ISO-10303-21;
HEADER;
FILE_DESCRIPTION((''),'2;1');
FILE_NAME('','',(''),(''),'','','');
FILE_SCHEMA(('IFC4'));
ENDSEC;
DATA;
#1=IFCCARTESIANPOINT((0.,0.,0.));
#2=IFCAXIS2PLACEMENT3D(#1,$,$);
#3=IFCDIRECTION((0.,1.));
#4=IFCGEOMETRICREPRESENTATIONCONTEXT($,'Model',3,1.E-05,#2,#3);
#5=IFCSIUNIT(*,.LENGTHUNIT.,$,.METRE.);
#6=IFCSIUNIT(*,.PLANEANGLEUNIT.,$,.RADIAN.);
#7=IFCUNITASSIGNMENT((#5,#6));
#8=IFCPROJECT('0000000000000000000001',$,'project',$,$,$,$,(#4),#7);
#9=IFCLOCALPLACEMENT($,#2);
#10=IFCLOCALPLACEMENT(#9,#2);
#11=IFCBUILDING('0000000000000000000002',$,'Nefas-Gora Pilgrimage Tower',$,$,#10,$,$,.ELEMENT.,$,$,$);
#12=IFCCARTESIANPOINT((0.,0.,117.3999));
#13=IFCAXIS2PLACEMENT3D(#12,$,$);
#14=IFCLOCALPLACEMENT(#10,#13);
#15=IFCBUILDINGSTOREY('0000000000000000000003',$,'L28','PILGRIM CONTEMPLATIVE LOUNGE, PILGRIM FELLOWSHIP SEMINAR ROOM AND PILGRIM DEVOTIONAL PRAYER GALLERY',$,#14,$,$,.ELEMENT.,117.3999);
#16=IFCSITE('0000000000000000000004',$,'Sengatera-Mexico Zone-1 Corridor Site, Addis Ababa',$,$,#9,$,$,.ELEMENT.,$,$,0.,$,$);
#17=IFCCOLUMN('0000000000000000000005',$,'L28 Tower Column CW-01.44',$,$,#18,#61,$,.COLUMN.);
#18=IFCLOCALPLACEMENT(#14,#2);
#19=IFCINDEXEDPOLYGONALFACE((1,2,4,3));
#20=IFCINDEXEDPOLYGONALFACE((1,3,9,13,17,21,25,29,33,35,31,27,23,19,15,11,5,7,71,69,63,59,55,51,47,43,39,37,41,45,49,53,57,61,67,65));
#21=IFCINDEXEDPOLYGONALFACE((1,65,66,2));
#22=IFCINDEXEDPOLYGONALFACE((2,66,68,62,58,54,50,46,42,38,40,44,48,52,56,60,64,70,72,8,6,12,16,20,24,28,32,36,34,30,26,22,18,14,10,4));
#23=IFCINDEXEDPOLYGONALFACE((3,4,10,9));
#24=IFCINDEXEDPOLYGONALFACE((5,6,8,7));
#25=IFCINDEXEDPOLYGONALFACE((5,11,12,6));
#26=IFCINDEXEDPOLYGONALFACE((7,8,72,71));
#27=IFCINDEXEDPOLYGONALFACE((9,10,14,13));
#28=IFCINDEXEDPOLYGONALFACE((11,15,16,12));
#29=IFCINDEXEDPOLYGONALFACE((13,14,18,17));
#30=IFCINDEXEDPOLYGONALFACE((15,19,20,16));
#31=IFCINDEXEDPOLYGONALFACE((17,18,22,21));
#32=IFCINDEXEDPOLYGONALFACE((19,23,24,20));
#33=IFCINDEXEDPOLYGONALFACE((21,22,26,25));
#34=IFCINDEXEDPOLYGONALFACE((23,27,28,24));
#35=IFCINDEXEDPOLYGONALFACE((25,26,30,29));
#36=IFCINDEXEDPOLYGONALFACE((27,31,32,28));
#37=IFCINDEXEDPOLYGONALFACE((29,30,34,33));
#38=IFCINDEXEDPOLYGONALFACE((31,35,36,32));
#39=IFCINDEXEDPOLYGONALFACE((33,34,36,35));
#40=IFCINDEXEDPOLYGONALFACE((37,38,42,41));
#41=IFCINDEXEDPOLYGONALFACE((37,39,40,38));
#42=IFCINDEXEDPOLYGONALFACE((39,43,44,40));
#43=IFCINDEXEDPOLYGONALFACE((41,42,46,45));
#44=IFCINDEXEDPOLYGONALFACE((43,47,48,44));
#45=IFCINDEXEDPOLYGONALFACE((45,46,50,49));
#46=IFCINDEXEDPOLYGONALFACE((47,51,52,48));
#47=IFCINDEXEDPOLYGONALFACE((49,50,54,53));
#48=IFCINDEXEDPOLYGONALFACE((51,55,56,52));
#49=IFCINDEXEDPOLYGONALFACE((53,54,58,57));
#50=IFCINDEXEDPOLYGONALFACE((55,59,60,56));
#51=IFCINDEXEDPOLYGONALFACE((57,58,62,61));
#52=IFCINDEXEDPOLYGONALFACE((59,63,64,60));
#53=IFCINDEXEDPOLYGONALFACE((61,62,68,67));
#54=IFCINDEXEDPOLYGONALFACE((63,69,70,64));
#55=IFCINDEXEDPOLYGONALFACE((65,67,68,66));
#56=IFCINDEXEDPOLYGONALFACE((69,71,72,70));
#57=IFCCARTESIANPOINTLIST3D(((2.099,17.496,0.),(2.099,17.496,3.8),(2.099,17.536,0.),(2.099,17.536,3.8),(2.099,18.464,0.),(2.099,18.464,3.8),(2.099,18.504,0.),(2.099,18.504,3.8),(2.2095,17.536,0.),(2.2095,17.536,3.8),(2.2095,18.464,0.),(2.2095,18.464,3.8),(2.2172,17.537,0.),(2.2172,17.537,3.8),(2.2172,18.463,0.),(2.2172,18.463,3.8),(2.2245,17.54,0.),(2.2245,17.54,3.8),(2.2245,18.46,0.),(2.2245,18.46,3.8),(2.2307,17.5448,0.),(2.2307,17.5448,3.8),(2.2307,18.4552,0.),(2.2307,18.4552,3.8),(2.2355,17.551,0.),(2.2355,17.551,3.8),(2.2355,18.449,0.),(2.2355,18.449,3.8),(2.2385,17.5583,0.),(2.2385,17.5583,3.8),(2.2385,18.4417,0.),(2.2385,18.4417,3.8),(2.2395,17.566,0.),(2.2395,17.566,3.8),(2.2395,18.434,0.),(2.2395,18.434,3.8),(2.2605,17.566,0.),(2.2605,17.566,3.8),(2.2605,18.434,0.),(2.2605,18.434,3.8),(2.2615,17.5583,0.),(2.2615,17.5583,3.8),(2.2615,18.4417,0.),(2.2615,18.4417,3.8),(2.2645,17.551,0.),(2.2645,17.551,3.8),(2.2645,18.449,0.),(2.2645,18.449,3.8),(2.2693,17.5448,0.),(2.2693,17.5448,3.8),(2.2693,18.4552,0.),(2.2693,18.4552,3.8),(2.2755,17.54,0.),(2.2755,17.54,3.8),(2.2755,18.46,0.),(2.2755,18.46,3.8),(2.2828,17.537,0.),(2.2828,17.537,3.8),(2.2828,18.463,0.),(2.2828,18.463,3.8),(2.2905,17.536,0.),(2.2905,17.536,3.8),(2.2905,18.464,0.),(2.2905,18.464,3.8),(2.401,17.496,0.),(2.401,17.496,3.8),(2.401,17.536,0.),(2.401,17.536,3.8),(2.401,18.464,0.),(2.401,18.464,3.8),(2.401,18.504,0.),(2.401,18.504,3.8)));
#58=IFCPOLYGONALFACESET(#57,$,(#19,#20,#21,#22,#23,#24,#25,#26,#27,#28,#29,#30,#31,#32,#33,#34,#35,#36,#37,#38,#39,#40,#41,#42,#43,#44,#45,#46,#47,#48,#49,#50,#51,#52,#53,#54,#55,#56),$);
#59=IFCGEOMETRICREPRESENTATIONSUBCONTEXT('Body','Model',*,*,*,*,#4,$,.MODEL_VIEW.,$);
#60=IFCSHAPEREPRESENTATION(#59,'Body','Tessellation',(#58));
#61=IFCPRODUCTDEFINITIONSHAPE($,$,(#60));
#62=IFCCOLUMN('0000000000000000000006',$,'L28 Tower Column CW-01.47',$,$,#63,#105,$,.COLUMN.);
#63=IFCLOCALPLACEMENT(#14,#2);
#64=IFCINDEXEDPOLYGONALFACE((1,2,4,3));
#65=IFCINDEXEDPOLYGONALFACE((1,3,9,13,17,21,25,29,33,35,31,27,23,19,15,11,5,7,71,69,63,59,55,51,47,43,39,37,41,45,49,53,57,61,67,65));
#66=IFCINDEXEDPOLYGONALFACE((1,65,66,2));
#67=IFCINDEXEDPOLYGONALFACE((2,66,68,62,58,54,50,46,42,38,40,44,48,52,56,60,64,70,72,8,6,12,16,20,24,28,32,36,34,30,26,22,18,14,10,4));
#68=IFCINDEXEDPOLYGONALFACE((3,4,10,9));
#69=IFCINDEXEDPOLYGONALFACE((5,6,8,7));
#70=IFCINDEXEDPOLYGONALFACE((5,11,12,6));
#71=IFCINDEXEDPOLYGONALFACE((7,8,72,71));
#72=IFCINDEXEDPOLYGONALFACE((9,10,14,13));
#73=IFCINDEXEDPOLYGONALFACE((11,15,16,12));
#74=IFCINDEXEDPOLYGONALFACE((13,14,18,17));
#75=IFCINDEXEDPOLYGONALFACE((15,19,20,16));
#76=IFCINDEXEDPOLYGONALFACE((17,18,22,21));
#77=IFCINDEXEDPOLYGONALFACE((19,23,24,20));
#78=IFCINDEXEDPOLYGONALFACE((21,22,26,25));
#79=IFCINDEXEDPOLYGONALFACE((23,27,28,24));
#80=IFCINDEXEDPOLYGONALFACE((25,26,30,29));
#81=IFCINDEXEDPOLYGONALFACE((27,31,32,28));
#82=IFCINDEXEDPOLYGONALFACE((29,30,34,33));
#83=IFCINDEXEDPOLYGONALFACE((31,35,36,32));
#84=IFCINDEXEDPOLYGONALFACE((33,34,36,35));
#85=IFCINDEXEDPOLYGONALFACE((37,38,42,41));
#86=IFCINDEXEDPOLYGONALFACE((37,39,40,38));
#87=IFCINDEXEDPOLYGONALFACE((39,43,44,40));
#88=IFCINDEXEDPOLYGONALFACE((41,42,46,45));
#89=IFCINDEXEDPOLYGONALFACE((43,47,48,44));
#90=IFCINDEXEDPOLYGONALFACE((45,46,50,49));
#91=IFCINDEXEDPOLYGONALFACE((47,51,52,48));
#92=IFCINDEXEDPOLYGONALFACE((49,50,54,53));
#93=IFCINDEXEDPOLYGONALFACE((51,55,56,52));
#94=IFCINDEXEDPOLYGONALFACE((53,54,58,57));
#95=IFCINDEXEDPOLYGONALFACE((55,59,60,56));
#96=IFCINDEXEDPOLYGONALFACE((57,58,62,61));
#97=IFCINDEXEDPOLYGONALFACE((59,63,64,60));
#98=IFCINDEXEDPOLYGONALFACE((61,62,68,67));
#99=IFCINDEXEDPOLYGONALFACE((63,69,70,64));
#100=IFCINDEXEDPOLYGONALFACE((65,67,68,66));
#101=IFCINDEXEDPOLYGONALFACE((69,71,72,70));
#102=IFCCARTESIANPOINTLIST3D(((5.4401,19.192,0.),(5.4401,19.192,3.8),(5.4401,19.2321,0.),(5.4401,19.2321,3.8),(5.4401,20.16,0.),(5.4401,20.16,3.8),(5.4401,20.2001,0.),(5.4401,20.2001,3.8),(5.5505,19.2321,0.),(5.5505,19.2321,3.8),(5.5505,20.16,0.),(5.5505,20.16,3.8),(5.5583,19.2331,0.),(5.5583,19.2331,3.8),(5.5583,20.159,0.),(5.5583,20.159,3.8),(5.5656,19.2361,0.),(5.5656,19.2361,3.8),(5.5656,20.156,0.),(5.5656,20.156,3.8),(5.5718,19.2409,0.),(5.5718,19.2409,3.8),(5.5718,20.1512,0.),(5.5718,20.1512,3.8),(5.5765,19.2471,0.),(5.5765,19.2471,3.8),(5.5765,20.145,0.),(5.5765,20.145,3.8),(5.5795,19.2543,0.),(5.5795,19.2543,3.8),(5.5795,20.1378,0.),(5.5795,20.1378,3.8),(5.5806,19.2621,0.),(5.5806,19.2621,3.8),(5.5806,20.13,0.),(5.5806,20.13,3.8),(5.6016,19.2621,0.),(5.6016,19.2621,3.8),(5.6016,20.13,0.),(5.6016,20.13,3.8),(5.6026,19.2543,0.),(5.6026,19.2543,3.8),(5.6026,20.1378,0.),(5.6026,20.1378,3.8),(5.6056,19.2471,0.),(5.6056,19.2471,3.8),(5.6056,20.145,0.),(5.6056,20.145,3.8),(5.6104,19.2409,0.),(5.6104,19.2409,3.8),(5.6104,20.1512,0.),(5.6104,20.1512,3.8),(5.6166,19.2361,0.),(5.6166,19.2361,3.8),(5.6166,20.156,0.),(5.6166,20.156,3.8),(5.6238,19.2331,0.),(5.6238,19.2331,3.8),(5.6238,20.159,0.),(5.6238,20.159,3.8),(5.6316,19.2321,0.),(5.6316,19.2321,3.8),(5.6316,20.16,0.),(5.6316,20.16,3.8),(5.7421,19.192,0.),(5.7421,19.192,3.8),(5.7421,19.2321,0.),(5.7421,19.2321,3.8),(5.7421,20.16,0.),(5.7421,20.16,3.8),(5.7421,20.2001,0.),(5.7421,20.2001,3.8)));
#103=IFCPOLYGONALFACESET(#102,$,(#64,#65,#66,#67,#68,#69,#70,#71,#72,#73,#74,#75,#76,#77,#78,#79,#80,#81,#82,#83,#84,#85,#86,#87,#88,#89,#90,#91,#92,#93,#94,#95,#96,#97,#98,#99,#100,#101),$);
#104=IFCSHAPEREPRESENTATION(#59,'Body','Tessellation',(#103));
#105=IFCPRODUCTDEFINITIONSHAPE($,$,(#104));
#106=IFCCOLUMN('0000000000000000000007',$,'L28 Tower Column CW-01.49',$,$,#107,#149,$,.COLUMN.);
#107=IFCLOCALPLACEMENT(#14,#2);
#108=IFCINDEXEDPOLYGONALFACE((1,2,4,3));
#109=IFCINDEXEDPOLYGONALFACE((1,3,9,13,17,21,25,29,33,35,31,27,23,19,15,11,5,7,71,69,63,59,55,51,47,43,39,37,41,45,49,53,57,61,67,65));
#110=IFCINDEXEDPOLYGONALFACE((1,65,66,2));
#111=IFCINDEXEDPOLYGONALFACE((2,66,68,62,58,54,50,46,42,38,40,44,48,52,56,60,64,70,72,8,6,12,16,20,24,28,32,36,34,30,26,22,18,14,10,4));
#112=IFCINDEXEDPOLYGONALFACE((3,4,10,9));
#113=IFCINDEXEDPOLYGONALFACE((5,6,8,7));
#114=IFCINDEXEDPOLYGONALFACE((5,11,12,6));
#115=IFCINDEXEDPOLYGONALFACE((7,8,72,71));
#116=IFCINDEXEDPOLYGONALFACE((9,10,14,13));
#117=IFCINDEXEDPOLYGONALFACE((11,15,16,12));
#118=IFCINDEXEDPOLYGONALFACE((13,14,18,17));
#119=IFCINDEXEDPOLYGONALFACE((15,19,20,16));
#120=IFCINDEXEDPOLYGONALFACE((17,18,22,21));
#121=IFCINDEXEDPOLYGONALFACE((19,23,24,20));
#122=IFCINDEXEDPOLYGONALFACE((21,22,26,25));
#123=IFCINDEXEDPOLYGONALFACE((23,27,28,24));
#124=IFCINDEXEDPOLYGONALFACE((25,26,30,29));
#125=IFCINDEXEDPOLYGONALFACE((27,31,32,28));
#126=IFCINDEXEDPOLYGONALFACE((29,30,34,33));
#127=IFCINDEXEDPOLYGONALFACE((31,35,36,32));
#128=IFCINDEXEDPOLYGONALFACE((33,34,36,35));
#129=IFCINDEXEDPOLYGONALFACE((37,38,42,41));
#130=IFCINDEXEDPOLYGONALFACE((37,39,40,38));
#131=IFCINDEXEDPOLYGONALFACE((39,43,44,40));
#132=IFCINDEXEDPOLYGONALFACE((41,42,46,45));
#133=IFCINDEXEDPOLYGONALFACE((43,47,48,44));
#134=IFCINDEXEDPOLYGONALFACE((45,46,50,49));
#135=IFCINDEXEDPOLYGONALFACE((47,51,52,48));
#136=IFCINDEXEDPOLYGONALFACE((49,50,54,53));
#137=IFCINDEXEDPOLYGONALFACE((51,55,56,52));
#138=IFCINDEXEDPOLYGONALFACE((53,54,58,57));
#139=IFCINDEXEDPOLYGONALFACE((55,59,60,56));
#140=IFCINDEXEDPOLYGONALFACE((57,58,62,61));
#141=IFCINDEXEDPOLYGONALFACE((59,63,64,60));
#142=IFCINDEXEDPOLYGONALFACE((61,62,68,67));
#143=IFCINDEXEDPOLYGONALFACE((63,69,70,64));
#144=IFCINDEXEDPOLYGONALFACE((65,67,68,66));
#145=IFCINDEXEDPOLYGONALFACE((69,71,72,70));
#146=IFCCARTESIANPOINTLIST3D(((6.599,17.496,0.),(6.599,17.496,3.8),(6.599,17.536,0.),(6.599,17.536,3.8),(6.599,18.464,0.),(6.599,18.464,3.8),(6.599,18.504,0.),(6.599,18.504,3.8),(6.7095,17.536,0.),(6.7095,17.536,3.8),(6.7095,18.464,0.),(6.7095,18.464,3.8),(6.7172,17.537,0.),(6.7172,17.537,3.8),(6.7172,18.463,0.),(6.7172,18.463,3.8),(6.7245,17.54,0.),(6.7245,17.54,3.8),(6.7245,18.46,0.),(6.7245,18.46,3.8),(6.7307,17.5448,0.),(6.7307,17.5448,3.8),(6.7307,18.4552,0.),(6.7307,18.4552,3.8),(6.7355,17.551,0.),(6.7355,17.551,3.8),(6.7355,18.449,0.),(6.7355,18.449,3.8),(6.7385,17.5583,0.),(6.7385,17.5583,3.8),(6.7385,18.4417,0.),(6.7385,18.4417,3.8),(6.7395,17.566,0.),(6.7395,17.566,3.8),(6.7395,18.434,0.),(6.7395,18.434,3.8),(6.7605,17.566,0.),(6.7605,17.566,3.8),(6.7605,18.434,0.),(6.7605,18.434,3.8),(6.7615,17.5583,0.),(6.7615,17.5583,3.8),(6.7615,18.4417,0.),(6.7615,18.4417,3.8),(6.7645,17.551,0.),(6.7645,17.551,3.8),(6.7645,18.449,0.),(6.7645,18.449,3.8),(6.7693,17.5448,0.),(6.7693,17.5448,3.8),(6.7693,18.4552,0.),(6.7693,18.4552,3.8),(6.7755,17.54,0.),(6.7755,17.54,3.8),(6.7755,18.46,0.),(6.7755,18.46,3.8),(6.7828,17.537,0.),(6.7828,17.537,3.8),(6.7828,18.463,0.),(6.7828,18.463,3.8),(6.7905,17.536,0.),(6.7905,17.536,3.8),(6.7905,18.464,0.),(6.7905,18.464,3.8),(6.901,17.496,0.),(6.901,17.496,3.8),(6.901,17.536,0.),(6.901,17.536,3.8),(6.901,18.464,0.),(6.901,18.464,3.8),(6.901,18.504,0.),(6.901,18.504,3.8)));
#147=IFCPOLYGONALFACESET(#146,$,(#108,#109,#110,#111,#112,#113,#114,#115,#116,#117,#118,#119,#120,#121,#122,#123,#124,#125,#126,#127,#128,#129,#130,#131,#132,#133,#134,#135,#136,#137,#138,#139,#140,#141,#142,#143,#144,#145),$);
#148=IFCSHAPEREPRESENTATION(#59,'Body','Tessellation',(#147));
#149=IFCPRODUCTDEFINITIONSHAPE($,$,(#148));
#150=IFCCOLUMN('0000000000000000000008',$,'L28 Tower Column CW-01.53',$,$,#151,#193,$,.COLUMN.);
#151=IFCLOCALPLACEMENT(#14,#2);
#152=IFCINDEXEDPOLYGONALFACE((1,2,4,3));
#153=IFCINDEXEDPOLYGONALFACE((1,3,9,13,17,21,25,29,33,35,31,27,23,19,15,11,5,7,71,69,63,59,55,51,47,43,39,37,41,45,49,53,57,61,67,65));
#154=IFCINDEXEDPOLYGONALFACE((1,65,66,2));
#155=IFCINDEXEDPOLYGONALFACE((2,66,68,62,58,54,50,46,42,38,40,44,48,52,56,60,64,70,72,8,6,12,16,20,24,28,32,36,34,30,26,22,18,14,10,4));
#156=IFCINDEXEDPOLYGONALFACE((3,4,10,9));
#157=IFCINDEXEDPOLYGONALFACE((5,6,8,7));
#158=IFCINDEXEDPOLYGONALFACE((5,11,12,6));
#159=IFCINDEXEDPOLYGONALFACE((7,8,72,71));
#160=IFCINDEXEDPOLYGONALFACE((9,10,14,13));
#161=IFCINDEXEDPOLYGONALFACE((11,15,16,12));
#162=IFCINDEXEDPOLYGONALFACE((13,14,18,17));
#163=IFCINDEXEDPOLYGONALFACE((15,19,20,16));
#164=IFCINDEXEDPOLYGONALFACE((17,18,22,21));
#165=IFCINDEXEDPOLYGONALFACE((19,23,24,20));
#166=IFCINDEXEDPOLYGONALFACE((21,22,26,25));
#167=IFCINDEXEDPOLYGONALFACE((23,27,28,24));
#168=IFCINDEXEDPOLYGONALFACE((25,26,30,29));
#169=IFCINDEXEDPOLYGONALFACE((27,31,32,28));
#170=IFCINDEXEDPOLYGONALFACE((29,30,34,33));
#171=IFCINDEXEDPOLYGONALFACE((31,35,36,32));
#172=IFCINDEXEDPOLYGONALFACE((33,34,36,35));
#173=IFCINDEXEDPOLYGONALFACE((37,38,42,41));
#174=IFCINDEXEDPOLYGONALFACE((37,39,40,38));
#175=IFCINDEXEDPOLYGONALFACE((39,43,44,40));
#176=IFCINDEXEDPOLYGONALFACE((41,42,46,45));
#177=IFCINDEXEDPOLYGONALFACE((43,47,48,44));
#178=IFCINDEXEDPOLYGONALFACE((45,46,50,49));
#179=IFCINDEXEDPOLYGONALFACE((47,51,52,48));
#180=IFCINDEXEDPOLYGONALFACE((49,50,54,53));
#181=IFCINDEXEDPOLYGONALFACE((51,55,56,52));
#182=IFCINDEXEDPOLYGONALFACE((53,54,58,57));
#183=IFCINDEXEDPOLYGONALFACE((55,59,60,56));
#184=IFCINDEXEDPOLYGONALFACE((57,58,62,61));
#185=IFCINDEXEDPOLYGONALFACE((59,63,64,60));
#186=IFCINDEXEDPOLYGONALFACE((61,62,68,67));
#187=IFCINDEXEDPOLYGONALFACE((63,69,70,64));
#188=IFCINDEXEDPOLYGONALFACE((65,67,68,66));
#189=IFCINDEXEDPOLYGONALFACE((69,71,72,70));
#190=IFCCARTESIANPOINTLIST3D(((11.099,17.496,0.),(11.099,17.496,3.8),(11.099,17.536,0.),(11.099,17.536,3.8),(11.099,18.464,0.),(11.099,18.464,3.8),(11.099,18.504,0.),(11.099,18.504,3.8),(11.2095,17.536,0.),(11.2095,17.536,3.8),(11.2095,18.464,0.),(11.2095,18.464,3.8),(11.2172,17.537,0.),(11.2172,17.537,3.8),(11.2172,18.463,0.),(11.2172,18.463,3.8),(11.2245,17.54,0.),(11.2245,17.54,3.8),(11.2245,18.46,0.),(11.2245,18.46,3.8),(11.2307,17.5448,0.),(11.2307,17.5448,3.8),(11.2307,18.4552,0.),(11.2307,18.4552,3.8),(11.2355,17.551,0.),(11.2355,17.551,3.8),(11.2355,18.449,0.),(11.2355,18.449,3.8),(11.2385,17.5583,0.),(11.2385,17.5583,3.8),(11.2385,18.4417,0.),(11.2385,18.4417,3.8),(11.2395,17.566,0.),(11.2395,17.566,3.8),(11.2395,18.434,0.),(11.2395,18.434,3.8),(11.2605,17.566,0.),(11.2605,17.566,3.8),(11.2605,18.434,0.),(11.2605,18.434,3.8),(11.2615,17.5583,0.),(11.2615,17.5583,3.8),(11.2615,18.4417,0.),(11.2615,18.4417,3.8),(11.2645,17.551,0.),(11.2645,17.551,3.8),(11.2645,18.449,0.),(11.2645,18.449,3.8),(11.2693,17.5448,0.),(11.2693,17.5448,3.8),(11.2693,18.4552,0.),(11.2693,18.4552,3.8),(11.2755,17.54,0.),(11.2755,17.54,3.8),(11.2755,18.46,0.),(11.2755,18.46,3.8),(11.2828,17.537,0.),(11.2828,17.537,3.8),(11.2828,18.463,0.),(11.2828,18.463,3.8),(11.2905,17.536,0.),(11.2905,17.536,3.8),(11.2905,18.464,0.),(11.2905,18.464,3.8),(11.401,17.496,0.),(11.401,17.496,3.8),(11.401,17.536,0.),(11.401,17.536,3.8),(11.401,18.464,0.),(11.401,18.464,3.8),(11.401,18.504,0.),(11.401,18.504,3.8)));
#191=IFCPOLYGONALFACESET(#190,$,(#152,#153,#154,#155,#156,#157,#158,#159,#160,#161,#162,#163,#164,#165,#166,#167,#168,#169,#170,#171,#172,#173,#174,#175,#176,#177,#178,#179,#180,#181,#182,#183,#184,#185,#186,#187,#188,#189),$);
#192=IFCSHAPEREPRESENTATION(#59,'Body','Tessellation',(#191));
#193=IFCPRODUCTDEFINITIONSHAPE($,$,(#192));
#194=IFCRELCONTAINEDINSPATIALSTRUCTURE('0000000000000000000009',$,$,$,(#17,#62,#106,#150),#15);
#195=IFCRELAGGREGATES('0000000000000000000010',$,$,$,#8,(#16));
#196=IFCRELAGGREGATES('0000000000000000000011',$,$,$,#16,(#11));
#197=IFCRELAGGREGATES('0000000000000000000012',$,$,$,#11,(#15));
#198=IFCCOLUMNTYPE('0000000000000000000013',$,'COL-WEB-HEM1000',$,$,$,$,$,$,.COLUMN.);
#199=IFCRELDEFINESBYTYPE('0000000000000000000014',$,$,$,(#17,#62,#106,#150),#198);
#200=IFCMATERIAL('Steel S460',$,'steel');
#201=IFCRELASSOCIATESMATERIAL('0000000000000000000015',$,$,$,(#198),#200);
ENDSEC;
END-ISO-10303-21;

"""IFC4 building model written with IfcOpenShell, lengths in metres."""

from ifc_helpers import new_model, si_unit, direction, frame, origin, origin_2d, place, context, subcontext, project, spatial, i_section, extrude, source, transform, mapped, material, material_profile, profile_set, type_object, element, save


model = new_model("IFC4")

# Units and contexts
model_context = context("Model", 3, precision=1e-05, world=origin(), true_north=direction((0.0, 1.0)))
body_context = subcontext(model_context, "Body", "Model", "MODEL_VIEW")
ifc_project = project(units=[si_unit("LENGTHUNIT", "METRE"), si_unit("PLANEANGLEUNIT", "RADIAN")], contexts=[model_context])

# Site, building, storey
site_placement = place(None, origin())
site = spatial("IfcSite", under=ifc_project, at=site_placement, Name="Sengatera-Mexico Zone-1 Corridor Site, Addis Ababa", CompositionType="ELEMENT", RefElevation=0.0)
building_placement = place(site_placement, origin())
building = spatial("IfcBuilding", under=site, at=building_placement, Name="Nefas-Gora Pilgrimage Tower", CompositionType="ELEMENT")
storey_placement = place(building_placement, frame((0.0, 0.0, 117.3999)))
storey = spatial("IfcBuildingStorey", under=building, at=storey_placement, Name="L28", Description="PILGRIM CONTEMPLATIVE LOUNGE, PILGRIM FELLOWSHIP SEMINAR ROOM AND PILGRIM DEVOTIONAL PRAYER GALLERY", CompositionType="ELEMENT", Elevation=117.3999)

# Columns
ifc_material_1 = material(Name="Steel S460", Category="steel")
ifc_material_profile_1 = material_profile(ifc_material_1, i_section(OverallWidth=0.302, OverallDepth=1.0081, WebThickness=0.021, FlangeThickness=0.04, FilletRadius=0.03, at=origin_2d()), Name="HEM 1000")
ifc_profile_set_1 = profile_set([ifc_material_profile_1], Name="Steel S460")
column_type_1 = type_object("IfcColumnType", Name="COL-WEB-HEM1000", PredefinedType="COLUMN", material=ifc_profile_set_1)
shared_shape_1 = source(origin(), body_context, "Body", "SweptSolid", [
    extrude(i_section(OverallWidth=0.302, OverallDepth=1.0081, WebThickness=0.021, FlangeThickness=0.04, FilletRadius=0.03, at=origin_2d()), origin(), (0.0, 0.0, 1.0), 3.8),
])
for number, where, z_axis, x_axis, name in (
    (1, (2.25, 18.0, 0.0), (0.0, 0.0, 1.0), (1.0, 0.0, 0.0), "L28 Tower Column CW-01.44"),
    (2, (5.5911, 19.696, 0.0), (0.0, 0.0, 1.0), (1.0, 0.0, 0.0), "L28 Tower Column CW-01.47"),
    (3, (6.75, 18.0, 0.0), (0.0, 0.0, 1.0), (1.0, 0.0, 0.0), "L28 Tower Column CW-01.49"),
    (4, (11.25, 18.0, 0.0), (0.0, 0.0, 1.0), (1.0, 0.0, 0.0), "L28 Tower Column CW-01.53"),
):
    element("IfcColumn", number, at=place(storey_placement, frame(where, z_axis=z_axis, x_axis=x_axis)), inside=storey, type_object=column_type_1, Name=name, PredefinedType="COLUMN", context=body_context, shape_type="MappedRepresentation", body=[
        mapped(shared_shape_1, transform((0.0, 0.0, 0.0), x_axis=(1.0, 0.0, 0.0), y_axis=(0.0, 1.0, 0.0), z_axis=(0.0, 0.0, 1.0), scale=1.0)),
    ])

save(model, "model.ifc")
